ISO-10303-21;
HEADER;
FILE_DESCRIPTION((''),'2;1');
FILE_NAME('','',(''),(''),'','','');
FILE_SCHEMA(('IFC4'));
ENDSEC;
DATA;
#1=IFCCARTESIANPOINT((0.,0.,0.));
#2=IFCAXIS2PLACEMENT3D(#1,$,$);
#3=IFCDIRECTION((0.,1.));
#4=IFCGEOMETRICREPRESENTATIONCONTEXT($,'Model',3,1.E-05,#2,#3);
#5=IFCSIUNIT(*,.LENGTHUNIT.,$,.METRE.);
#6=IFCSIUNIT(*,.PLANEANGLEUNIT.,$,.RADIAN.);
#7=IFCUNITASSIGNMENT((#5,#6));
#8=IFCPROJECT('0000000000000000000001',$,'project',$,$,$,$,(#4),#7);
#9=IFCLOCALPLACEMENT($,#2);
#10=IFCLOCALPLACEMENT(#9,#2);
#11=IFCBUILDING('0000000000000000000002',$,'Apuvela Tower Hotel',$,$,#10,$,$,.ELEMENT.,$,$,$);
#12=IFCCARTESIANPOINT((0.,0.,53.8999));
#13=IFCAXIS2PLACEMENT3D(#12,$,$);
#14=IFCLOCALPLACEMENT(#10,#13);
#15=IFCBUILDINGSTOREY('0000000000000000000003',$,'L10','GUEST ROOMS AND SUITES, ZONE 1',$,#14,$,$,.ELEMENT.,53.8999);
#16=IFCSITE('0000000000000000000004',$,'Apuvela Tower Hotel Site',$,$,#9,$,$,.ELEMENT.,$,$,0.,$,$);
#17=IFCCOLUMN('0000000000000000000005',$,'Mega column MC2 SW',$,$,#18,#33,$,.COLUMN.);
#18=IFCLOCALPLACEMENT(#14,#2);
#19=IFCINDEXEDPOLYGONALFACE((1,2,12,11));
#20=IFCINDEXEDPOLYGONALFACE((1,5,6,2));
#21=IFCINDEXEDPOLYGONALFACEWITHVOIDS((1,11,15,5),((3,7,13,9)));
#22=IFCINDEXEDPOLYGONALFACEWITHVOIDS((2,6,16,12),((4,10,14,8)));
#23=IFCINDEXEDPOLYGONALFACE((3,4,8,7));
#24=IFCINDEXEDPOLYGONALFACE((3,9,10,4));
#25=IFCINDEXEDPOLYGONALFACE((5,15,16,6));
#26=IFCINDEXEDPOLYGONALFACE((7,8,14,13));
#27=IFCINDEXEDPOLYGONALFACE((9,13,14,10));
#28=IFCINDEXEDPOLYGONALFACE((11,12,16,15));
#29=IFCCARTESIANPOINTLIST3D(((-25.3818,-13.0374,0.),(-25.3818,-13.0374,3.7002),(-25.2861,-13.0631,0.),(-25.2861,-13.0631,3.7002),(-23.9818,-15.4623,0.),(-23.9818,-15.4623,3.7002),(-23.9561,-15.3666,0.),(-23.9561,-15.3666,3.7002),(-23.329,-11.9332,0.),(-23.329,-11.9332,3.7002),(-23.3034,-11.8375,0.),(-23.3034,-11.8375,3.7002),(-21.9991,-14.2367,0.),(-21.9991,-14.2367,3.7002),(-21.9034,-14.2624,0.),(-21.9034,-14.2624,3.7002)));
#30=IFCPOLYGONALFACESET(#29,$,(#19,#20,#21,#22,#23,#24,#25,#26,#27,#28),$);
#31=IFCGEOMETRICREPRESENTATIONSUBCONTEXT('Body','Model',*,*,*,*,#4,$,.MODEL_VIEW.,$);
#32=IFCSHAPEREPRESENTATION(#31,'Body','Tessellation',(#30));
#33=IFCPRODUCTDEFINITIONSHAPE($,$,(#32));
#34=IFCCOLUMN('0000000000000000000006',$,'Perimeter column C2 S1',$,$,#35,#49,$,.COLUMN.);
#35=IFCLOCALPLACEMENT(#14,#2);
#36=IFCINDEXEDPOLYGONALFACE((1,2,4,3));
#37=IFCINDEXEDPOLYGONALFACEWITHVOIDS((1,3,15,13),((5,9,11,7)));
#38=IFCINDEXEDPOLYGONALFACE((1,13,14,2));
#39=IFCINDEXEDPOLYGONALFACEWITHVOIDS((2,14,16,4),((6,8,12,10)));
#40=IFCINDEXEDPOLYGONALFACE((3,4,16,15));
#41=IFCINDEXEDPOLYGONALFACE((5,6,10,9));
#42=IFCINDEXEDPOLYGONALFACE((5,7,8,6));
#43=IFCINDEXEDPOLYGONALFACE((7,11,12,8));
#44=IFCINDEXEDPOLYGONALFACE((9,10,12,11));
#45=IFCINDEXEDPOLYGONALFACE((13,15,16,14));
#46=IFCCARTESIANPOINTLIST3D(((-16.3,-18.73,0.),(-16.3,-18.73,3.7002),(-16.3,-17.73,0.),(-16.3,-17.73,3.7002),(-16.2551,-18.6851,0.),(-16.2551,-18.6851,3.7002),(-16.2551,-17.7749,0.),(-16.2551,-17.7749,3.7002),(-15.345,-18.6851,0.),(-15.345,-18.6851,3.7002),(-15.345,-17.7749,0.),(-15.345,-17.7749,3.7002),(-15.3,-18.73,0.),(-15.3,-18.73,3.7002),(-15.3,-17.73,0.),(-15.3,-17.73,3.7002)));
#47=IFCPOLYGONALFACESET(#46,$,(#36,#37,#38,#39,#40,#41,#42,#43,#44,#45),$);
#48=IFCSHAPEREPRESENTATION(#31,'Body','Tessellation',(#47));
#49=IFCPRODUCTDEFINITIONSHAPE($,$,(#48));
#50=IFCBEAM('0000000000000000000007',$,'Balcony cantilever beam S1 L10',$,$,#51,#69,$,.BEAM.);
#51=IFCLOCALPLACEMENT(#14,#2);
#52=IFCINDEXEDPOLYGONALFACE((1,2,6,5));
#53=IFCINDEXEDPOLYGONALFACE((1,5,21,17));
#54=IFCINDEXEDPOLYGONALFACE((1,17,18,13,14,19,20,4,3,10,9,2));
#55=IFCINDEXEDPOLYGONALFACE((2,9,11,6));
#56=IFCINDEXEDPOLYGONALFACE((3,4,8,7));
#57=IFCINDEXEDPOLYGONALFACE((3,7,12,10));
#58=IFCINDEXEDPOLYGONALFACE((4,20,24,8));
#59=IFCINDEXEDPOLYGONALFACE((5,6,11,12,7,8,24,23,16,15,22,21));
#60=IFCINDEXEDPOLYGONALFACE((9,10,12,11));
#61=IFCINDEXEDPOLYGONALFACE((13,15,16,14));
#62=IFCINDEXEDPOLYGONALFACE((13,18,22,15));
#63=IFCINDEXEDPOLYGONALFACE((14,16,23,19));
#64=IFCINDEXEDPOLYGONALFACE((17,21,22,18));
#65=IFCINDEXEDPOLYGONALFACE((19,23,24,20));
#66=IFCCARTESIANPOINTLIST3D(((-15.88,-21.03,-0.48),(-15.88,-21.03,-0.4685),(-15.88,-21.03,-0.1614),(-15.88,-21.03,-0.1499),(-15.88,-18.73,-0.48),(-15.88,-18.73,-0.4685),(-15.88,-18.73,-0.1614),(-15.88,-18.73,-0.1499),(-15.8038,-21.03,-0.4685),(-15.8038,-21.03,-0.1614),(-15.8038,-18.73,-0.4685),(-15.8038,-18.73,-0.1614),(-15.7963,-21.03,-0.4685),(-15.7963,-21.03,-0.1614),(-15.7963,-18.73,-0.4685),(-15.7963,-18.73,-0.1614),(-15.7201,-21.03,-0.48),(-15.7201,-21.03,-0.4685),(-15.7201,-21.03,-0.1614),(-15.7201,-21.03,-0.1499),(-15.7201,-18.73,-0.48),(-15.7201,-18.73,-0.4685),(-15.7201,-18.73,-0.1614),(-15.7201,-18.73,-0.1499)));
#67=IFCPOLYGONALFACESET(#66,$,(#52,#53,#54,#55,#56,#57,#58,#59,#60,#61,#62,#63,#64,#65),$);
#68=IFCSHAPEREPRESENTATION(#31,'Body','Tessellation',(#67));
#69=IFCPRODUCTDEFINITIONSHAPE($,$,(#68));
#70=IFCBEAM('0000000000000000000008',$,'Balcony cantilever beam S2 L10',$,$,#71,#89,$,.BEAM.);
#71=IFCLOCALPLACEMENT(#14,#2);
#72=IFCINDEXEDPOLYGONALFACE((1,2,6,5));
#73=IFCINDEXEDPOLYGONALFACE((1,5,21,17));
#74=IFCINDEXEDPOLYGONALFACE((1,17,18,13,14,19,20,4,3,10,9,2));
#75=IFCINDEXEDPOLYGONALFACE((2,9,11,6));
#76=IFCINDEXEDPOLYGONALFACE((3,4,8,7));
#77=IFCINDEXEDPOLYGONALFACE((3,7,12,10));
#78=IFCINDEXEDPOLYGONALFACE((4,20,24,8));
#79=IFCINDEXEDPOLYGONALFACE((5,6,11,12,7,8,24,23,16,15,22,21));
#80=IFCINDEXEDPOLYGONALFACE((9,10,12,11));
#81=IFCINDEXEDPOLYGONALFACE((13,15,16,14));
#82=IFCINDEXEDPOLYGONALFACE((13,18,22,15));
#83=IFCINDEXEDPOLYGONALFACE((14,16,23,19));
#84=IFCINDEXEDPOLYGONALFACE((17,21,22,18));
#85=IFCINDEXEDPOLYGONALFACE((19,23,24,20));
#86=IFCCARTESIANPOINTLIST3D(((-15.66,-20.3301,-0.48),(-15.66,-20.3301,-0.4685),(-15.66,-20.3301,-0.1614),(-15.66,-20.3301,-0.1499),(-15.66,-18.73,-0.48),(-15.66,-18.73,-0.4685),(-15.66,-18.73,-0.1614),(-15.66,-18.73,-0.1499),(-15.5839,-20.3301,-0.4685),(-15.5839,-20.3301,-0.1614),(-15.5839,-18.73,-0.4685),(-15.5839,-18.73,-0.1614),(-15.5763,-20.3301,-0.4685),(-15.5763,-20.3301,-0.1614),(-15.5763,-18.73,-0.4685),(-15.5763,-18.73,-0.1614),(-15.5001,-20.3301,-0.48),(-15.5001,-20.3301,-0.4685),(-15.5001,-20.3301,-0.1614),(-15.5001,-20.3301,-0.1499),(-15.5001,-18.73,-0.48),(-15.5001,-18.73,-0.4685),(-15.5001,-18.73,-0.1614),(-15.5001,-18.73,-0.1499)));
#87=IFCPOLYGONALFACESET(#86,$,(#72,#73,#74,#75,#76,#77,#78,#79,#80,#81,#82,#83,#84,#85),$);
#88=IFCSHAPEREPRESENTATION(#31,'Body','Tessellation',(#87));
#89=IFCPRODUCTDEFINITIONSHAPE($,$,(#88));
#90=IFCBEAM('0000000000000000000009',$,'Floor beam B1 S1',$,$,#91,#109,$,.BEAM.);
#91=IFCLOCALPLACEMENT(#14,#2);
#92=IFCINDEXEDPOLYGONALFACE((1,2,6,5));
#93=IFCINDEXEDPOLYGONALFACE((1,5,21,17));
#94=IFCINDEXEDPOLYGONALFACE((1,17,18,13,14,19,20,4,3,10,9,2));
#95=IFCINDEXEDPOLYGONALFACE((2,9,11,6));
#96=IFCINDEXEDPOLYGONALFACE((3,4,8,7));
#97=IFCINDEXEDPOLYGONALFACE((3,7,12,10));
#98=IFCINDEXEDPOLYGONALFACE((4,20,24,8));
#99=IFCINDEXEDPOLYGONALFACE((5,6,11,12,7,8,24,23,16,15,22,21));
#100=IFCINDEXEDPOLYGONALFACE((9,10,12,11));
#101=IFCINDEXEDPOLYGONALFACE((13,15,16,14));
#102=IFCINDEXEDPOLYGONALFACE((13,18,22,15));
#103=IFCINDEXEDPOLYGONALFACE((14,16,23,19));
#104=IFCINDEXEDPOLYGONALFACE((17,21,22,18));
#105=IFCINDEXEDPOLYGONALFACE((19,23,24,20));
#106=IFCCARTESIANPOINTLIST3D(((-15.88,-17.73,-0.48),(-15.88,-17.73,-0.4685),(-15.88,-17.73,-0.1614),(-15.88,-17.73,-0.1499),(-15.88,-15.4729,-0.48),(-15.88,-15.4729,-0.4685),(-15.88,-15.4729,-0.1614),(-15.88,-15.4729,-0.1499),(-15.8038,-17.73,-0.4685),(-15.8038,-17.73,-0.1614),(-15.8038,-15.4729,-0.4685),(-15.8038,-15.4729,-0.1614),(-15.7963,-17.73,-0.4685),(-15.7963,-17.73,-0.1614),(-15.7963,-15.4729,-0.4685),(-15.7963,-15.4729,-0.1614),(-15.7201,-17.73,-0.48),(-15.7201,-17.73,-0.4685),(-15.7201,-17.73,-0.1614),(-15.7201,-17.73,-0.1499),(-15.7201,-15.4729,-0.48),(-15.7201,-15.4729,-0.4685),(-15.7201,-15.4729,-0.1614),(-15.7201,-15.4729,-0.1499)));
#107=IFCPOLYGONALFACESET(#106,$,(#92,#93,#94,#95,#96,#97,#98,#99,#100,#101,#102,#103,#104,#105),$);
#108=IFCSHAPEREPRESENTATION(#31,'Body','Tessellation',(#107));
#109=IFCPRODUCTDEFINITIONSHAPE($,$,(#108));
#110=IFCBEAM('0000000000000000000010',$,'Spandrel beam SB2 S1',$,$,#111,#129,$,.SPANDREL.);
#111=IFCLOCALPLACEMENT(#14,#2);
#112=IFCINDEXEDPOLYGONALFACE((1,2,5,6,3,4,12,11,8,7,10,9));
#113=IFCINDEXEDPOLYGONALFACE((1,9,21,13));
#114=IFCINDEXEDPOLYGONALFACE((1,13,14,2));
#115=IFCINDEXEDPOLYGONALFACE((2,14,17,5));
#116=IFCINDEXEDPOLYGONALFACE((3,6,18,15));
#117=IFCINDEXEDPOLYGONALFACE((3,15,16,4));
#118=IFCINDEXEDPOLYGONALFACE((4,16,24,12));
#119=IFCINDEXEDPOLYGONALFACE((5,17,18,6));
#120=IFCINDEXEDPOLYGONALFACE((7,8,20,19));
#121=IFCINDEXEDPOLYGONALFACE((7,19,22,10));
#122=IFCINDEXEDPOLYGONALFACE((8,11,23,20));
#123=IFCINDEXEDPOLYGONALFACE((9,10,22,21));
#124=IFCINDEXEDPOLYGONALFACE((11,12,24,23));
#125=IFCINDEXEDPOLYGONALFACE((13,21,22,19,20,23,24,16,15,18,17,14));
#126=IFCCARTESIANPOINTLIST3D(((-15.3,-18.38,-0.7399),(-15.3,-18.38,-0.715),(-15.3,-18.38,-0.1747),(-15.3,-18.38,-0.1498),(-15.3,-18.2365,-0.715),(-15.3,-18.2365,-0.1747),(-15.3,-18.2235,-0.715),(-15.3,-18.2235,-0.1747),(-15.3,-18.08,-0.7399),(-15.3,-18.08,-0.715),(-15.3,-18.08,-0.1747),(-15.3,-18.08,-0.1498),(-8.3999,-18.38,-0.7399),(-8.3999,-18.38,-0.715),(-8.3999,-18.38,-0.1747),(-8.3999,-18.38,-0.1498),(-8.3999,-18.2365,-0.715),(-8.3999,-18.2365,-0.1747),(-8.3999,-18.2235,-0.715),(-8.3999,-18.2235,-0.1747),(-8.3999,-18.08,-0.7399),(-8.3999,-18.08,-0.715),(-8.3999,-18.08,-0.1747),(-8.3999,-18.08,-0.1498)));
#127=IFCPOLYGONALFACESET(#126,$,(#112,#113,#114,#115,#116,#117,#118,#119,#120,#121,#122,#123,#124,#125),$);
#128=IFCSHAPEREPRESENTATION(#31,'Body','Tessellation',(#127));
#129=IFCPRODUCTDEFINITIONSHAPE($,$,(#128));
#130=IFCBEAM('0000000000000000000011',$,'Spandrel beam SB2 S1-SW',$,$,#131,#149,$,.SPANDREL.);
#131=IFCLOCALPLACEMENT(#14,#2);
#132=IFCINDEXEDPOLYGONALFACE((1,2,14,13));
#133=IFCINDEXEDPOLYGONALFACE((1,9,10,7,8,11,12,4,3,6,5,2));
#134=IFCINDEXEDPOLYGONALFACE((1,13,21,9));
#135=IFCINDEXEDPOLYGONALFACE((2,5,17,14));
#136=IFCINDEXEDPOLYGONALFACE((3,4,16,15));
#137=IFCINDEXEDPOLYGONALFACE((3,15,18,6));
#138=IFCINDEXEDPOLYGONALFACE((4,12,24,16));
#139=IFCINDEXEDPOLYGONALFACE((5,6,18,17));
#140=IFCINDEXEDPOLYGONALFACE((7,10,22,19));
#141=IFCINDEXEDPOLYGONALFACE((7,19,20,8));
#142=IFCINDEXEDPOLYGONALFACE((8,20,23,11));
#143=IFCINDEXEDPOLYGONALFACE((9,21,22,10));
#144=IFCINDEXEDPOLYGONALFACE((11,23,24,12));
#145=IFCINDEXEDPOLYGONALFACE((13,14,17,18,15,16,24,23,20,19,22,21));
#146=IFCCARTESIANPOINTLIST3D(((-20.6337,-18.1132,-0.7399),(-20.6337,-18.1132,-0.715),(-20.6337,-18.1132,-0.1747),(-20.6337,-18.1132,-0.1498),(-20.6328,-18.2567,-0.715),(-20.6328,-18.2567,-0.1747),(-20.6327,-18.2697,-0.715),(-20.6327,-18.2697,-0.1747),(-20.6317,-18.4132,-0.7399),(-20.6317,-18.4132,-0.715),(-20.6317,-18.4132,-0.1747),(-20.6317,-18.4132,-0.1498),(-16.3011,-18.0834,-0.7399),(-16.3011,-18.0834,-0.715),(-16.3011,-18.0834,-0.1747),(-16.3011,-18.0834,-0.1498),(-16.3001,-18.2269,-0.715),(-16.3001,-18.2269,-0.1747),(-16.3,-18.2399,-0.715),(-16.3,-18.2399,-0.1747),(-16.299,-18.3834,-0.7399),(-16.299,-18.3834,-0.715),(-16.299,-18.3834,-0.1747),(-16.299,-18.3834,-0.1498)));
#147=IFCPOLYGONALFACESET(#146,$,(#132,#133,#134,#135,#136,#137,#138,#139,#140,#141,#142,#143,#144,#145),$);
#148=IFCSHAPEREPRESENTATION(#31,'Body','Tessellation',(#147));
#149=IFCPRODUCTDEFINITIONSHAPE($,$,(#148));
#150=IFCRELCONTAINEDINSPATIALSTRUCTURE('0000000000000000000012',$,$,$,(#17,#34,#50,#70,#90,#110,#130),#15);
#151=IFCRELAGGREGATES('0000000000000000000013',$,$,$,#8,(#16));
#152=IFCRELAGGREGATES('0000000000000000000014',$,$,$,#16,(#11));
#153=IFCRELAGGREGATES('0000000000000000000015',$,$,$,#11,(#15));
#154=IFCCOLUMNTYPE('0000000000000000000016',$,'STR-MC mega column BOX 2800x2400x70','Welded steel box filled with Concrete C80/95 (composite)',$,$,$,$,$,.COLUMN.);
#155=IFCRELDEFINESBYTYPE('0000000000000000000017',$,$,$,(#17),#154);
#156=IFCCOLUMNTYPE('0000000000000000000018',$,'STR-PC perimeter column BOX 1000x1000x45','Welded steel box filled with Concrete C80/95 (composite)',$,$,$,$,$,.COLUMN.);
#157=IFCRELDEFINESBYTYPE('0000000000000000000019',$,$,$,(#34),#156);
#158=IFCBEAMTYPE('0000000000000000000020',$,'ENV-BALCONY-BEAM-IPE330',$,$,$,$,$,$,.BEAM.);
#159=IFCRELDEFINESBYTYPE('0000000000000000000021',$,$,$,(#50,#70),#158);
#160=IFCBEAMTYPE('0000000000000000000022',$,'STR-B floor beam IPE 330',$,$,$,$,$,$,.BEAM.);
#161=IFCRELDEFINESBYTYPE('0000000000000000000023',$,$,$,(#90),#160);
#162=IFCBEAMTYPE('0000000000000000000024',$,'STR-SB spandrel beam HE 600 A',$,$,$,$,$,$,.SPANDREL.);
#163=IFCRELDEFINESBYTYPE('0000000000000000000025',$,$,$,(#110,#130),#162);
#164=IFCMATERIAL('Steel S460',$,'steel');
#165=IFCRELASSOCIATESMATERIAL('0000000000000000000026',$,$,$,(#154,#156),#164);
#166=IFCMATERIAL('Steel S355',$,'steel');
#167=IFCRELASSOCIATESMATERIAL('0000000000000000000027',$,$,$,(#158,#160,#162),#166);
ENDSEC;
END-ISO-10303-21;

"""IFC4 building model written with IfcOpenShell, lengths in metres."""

from ifc_helpers import new_model, si_unit, direction, frame, origin, origin_2d, place, context, subcontext, project, spatial, rectangle, hollow_rectangle, i_section, extrude, material, material_profile, profile_set, type_object, element, save


model = new_model("IFC4")

# Units and contexts
model_context = context("Model", 3, precision=1e-05, world=origin(), true_north=direction((0.0, 1.0)))
body_context = subcontext(model_context, "Body", "Model", "MODEL_VIEW")
ifc_project = project(units=[si_unit("LENGTHUNIT", "METRE"), si_unit("PLANEANGLEUNIT", "RADIAN")], contexts=[model_context])

# Site, building, storey
site_placement = place(None, origin())
site = spatial("IfcSite", under=ifc_project, at=site_placement, Name="Apuvela Tower Hotel Site", CompositionType="ELEMENT", RefElevation=0.0)
building_placement = place(site_placement, origin())
building = spatial("IfcBuilding", under=site, at=building_placement, Name="Apuvela Tower Hotel", CompositionType="ELEMENT")
storey_placement = place(building_placement, frame((0.0, 0.0, 53.8999)))
storey = spatial("IfcBuildingStorey", under=building, at=storey_placement, Name="L10", Description="GUEST ROOMS AND SUITES, ZONE 1", CompositionType="ELEMENT", Elevation=53.8999)

# Columns
ifc_material_1 = material(Name="Steel S460", Category="steel")
ifc_material_profile_1 = material_profile(ifc_material_1, hollow_rectangle(XDim=2.8, YDim=2.3999, WallThickness=0.0701, at=origin_2d()), Name="BOX 2800x2400x70")
ifc_material_2 = material(Name="Concrete C80/95", Category="concrete")
ifc_material_profile_2 = material_profile(ifc_material_2, rectangle(XDim=2.6599, YDim=2.26, at=origin_2d()), Name="Concrete C80/95 infill")
ifc_profile_set_1 = profile_set([ifc_material_profile_1, ifc_material_profile_2], Name="Steel S460")
column_type_1 = type_object("IfcColumnType", Name="STR-MC mega column BOX 2800x2400x70", Description="Welded steel box filled with Concrete C80/95 (composite)", PredefinedType="COLUMN", material=ifc_profile_set_1)
column_1_placement = place(storey_placement, frame((-23.6426, -13.6499, 0.0), z_axis=(0.0, 0.0, 1.0), x_axis=(-0.5, 0.866025, 0.0)))
element("IfcColumn", 1, at=column_1_placement, inside=storey, type_object=column_type_1, Name="Mega column MC2 SW", PredefinedType="COLUMN", context=body_context, shape_type="SweptSolid", body=[
    extrude(hollow_rectangle(XDim=2.8, YDim=2.3999, WallThickness=0.0701, at=origin_2d()), origin(), (0.0, 0.0, 1.0), 3.7002),
])
ifc_material_profile_3 = material_profile(ifc_material_1, hollow_rectangle(XDim=1.0, YDim=1.0, WallThickness=0.0449, at=origin_2d()), Name="BOX 1000x1000x45")
ifc_material_profile_4 = material_profile(ifc_material_2, rectangle(XDim=0.9099, YDim=0.9099, at=origin_2d()), Name="Concrete C80/95 infill")
ifc_profile_set_2 = profile_set([ifc_material_profile_3, ifc_material_profile_4], Name="Steel S460")
column_type_2 = type_object("IfcColumnType", Name="STR-PC perimeter column BOX 1000x1000x45", Description="Welded steel box filled with Concrete C80/95 (composite)", PredefinedType="COLUMN", material=ifc_profile_set_2)
column_2_placement = place(storey_placement, frame((-15.8, -18.23, 0.0), z_axis=(0.0, 0.0, 1.0), x_axis=(-1.0, 0.0, 0.0)))
element("IfcColumn", 2, at=column_2_placement, inside=storey, type_object=column_type_2, Name="Perimeter column C2 S1", PredefinedType="COLUMN", context=body_context, shape_type="SweptSolid", body=[
    extrude(hollow_rectangle(XDim=1.0, YDim=1.0, WallThickness=0.0449, at=origin_2d()), origin(), (0.0, 0.0, 1.0), 3.7002),
])

# Beams
ifc_material_3 = material(Name="Steel S355", Category="steel")
ifc_material_profile_5 = material_profile(ifc_material_3, i_section(OverallWidth=0.1599, OverallDepth=0.3301, WebThickness=0.0076, FlangeThickness=0.0115, at=origin_2d()), Name="IPE 330")
ifc_profile_set_3 = profile_set([ifc_material_profile_5], Name="Steel S355")
beam_type_1 = type_object("IfcBeamType", Name="ENV-BALCONY-BEAM-IPE330", PredefinedType="BEAM", material=ifc_profile_set_3)
beam_1_placement = place(storey_placement, frame((-15.8, -18.73, -0.3149), z_axis=(0.0, -1.0, 0.0), x_axis=(1.0, 0.0, 0.0)))
element("IfcBeam", 3, at=beam_1_placement, inside=storey, type_object=beam_type_1, Name="Balcony cantilever beam S1 L10", PredefinedType="BEAM", context=body_context, shape_type="SweptSolid", body=[
    extrude(i_section(OverallWidth=0.1599, OverallDepth=0.3301, WebThickness=0.0076, FlangeThickness=0.0115, at=origin_2d()), origin(), (0.0, 0.0, 1.0), 2.3),
])
beam_2_placement = place(storey_placement, frame((-15.5801, -18.73, -0.3149), z_axis=(0.0, -1.0, 0.0), x_axis=(1.0, 0.0, 0.0)))
element("IfcBeam", 4, at=beam_2_placement, inside=storey, type_object=beam_type_1, Name="Balcony cantilever beam S2 L10", PredefinedType="BEAM", context=body_context, shape_type="SweptSolid", body=[
    extrude(i_section(OverallWidth=0.1599, OverallDepth=0.3301, WebThickness=0.0076, FlangeThickness=0.0115, at=origin_2d()), origin(), (0.0, 0.0, 1.0), 1.6001),
])
ifc_material_profile_6 = material_profile(ifc_material_3, i_section(OverallWidth=0.1599, OverallDepth=0.3301, WebThickness=0.0076, FlangeThickness=0.0115, at=origin_2d()), Name="IPE 330")
ifc_profile_set_4 = profile_set([ifc_material_profile_6], Name="Steel S355")
beam_type_2 = type_object("IfcBeamType", Name="STR-B floor beam IPE 330", PredefinedType="BEAM", material=ifc_profile_set_4)
beam_3_placement = place(storey_placement, frame((-15.8, -17.73, -0.3149), z_axis=(0.0, 1.0, 0.0), x_axis=(-1.0, 0.0, 0.0)))
element("IfcBeam", 5, at=beam_3_placement, inside=storey, type_object=beam_type_2, Name="Floor beam B1 S1", PredefinedType="BEAM", context=body_context, shape_type="SweptSolid", body=[
    extrude(i_section(OverallWidth=0.1599, OverallDepth=0.3301, WebThickness=0.0076, FlangeThickness=0.0115, at=origin_2d()), origin(), (0.0, 0.0, 1.0), 2.2571),
])
ifc_material_profile_7 = material_profile(ifc_material_3, i_section(OverallWidth=0.3, OverallDepth=0.5901, WebThickness=0.0129, FlangeThickness=0.0249, at=origin_2d()), Name="HE 600 A")
ifc_profile_set_5 = profile_set([ifc_material_profile_7], Name="Steel S355")
beam_type_3 = type_object("IfcBeamType", Name="STR-SB spandrel beam HE 600 A", PredefinedType="SPANDREL", material=ifc_profile_set_5)
beam_4_placement = place(storey_placement, frame((-15.3, -18.23, -0.4448), z_axis=(1.0, 0.0, 0.0), x_axis=(0.0, 1.0, 0.0)))
element("IfcBeam", 6, at=beam_4_placement, inside=storey, type_object=beam_type_3, Name="Spandrel beam SB2 S1", PredefinedType="SPANDREL", context=body_context, shape_type="SweptSolid", body=[
    extrude(i_section(OverallWidth=0.3, OverallDepth=0.5901, WebThickness=0.0129, FlangeThickness=0.0249, at=origin_2d()), origin(), (0.0, 0.0, 1.0), 6.9001),
])
beam_5_placement = place(storey_placement, frame((-16.3, -18.2334, -0.4448), z_axis=(-0.999976, -0.006874, 0.0), x_axis=(0.006874, -0.999976, 0.0)))
element("IfcBeam", 7, at=beam_5_placement, inside=storey, type_object=beam_type_3, Name="Spandrel beam SB2 S1-SW", PredefinedType="SPANDREL", context=body_context, shape_type="SweptSolid", body=[
    extrude(i_section(OverallWidth=0.3, OverallDepth=0.5901, WebThickness=0.0129, FlangeThickness=0.0249, at=origin_2d()), origin(), (0.0, 0.0, 1.0), 4.3328),
])

save(model, "model.ifc")
